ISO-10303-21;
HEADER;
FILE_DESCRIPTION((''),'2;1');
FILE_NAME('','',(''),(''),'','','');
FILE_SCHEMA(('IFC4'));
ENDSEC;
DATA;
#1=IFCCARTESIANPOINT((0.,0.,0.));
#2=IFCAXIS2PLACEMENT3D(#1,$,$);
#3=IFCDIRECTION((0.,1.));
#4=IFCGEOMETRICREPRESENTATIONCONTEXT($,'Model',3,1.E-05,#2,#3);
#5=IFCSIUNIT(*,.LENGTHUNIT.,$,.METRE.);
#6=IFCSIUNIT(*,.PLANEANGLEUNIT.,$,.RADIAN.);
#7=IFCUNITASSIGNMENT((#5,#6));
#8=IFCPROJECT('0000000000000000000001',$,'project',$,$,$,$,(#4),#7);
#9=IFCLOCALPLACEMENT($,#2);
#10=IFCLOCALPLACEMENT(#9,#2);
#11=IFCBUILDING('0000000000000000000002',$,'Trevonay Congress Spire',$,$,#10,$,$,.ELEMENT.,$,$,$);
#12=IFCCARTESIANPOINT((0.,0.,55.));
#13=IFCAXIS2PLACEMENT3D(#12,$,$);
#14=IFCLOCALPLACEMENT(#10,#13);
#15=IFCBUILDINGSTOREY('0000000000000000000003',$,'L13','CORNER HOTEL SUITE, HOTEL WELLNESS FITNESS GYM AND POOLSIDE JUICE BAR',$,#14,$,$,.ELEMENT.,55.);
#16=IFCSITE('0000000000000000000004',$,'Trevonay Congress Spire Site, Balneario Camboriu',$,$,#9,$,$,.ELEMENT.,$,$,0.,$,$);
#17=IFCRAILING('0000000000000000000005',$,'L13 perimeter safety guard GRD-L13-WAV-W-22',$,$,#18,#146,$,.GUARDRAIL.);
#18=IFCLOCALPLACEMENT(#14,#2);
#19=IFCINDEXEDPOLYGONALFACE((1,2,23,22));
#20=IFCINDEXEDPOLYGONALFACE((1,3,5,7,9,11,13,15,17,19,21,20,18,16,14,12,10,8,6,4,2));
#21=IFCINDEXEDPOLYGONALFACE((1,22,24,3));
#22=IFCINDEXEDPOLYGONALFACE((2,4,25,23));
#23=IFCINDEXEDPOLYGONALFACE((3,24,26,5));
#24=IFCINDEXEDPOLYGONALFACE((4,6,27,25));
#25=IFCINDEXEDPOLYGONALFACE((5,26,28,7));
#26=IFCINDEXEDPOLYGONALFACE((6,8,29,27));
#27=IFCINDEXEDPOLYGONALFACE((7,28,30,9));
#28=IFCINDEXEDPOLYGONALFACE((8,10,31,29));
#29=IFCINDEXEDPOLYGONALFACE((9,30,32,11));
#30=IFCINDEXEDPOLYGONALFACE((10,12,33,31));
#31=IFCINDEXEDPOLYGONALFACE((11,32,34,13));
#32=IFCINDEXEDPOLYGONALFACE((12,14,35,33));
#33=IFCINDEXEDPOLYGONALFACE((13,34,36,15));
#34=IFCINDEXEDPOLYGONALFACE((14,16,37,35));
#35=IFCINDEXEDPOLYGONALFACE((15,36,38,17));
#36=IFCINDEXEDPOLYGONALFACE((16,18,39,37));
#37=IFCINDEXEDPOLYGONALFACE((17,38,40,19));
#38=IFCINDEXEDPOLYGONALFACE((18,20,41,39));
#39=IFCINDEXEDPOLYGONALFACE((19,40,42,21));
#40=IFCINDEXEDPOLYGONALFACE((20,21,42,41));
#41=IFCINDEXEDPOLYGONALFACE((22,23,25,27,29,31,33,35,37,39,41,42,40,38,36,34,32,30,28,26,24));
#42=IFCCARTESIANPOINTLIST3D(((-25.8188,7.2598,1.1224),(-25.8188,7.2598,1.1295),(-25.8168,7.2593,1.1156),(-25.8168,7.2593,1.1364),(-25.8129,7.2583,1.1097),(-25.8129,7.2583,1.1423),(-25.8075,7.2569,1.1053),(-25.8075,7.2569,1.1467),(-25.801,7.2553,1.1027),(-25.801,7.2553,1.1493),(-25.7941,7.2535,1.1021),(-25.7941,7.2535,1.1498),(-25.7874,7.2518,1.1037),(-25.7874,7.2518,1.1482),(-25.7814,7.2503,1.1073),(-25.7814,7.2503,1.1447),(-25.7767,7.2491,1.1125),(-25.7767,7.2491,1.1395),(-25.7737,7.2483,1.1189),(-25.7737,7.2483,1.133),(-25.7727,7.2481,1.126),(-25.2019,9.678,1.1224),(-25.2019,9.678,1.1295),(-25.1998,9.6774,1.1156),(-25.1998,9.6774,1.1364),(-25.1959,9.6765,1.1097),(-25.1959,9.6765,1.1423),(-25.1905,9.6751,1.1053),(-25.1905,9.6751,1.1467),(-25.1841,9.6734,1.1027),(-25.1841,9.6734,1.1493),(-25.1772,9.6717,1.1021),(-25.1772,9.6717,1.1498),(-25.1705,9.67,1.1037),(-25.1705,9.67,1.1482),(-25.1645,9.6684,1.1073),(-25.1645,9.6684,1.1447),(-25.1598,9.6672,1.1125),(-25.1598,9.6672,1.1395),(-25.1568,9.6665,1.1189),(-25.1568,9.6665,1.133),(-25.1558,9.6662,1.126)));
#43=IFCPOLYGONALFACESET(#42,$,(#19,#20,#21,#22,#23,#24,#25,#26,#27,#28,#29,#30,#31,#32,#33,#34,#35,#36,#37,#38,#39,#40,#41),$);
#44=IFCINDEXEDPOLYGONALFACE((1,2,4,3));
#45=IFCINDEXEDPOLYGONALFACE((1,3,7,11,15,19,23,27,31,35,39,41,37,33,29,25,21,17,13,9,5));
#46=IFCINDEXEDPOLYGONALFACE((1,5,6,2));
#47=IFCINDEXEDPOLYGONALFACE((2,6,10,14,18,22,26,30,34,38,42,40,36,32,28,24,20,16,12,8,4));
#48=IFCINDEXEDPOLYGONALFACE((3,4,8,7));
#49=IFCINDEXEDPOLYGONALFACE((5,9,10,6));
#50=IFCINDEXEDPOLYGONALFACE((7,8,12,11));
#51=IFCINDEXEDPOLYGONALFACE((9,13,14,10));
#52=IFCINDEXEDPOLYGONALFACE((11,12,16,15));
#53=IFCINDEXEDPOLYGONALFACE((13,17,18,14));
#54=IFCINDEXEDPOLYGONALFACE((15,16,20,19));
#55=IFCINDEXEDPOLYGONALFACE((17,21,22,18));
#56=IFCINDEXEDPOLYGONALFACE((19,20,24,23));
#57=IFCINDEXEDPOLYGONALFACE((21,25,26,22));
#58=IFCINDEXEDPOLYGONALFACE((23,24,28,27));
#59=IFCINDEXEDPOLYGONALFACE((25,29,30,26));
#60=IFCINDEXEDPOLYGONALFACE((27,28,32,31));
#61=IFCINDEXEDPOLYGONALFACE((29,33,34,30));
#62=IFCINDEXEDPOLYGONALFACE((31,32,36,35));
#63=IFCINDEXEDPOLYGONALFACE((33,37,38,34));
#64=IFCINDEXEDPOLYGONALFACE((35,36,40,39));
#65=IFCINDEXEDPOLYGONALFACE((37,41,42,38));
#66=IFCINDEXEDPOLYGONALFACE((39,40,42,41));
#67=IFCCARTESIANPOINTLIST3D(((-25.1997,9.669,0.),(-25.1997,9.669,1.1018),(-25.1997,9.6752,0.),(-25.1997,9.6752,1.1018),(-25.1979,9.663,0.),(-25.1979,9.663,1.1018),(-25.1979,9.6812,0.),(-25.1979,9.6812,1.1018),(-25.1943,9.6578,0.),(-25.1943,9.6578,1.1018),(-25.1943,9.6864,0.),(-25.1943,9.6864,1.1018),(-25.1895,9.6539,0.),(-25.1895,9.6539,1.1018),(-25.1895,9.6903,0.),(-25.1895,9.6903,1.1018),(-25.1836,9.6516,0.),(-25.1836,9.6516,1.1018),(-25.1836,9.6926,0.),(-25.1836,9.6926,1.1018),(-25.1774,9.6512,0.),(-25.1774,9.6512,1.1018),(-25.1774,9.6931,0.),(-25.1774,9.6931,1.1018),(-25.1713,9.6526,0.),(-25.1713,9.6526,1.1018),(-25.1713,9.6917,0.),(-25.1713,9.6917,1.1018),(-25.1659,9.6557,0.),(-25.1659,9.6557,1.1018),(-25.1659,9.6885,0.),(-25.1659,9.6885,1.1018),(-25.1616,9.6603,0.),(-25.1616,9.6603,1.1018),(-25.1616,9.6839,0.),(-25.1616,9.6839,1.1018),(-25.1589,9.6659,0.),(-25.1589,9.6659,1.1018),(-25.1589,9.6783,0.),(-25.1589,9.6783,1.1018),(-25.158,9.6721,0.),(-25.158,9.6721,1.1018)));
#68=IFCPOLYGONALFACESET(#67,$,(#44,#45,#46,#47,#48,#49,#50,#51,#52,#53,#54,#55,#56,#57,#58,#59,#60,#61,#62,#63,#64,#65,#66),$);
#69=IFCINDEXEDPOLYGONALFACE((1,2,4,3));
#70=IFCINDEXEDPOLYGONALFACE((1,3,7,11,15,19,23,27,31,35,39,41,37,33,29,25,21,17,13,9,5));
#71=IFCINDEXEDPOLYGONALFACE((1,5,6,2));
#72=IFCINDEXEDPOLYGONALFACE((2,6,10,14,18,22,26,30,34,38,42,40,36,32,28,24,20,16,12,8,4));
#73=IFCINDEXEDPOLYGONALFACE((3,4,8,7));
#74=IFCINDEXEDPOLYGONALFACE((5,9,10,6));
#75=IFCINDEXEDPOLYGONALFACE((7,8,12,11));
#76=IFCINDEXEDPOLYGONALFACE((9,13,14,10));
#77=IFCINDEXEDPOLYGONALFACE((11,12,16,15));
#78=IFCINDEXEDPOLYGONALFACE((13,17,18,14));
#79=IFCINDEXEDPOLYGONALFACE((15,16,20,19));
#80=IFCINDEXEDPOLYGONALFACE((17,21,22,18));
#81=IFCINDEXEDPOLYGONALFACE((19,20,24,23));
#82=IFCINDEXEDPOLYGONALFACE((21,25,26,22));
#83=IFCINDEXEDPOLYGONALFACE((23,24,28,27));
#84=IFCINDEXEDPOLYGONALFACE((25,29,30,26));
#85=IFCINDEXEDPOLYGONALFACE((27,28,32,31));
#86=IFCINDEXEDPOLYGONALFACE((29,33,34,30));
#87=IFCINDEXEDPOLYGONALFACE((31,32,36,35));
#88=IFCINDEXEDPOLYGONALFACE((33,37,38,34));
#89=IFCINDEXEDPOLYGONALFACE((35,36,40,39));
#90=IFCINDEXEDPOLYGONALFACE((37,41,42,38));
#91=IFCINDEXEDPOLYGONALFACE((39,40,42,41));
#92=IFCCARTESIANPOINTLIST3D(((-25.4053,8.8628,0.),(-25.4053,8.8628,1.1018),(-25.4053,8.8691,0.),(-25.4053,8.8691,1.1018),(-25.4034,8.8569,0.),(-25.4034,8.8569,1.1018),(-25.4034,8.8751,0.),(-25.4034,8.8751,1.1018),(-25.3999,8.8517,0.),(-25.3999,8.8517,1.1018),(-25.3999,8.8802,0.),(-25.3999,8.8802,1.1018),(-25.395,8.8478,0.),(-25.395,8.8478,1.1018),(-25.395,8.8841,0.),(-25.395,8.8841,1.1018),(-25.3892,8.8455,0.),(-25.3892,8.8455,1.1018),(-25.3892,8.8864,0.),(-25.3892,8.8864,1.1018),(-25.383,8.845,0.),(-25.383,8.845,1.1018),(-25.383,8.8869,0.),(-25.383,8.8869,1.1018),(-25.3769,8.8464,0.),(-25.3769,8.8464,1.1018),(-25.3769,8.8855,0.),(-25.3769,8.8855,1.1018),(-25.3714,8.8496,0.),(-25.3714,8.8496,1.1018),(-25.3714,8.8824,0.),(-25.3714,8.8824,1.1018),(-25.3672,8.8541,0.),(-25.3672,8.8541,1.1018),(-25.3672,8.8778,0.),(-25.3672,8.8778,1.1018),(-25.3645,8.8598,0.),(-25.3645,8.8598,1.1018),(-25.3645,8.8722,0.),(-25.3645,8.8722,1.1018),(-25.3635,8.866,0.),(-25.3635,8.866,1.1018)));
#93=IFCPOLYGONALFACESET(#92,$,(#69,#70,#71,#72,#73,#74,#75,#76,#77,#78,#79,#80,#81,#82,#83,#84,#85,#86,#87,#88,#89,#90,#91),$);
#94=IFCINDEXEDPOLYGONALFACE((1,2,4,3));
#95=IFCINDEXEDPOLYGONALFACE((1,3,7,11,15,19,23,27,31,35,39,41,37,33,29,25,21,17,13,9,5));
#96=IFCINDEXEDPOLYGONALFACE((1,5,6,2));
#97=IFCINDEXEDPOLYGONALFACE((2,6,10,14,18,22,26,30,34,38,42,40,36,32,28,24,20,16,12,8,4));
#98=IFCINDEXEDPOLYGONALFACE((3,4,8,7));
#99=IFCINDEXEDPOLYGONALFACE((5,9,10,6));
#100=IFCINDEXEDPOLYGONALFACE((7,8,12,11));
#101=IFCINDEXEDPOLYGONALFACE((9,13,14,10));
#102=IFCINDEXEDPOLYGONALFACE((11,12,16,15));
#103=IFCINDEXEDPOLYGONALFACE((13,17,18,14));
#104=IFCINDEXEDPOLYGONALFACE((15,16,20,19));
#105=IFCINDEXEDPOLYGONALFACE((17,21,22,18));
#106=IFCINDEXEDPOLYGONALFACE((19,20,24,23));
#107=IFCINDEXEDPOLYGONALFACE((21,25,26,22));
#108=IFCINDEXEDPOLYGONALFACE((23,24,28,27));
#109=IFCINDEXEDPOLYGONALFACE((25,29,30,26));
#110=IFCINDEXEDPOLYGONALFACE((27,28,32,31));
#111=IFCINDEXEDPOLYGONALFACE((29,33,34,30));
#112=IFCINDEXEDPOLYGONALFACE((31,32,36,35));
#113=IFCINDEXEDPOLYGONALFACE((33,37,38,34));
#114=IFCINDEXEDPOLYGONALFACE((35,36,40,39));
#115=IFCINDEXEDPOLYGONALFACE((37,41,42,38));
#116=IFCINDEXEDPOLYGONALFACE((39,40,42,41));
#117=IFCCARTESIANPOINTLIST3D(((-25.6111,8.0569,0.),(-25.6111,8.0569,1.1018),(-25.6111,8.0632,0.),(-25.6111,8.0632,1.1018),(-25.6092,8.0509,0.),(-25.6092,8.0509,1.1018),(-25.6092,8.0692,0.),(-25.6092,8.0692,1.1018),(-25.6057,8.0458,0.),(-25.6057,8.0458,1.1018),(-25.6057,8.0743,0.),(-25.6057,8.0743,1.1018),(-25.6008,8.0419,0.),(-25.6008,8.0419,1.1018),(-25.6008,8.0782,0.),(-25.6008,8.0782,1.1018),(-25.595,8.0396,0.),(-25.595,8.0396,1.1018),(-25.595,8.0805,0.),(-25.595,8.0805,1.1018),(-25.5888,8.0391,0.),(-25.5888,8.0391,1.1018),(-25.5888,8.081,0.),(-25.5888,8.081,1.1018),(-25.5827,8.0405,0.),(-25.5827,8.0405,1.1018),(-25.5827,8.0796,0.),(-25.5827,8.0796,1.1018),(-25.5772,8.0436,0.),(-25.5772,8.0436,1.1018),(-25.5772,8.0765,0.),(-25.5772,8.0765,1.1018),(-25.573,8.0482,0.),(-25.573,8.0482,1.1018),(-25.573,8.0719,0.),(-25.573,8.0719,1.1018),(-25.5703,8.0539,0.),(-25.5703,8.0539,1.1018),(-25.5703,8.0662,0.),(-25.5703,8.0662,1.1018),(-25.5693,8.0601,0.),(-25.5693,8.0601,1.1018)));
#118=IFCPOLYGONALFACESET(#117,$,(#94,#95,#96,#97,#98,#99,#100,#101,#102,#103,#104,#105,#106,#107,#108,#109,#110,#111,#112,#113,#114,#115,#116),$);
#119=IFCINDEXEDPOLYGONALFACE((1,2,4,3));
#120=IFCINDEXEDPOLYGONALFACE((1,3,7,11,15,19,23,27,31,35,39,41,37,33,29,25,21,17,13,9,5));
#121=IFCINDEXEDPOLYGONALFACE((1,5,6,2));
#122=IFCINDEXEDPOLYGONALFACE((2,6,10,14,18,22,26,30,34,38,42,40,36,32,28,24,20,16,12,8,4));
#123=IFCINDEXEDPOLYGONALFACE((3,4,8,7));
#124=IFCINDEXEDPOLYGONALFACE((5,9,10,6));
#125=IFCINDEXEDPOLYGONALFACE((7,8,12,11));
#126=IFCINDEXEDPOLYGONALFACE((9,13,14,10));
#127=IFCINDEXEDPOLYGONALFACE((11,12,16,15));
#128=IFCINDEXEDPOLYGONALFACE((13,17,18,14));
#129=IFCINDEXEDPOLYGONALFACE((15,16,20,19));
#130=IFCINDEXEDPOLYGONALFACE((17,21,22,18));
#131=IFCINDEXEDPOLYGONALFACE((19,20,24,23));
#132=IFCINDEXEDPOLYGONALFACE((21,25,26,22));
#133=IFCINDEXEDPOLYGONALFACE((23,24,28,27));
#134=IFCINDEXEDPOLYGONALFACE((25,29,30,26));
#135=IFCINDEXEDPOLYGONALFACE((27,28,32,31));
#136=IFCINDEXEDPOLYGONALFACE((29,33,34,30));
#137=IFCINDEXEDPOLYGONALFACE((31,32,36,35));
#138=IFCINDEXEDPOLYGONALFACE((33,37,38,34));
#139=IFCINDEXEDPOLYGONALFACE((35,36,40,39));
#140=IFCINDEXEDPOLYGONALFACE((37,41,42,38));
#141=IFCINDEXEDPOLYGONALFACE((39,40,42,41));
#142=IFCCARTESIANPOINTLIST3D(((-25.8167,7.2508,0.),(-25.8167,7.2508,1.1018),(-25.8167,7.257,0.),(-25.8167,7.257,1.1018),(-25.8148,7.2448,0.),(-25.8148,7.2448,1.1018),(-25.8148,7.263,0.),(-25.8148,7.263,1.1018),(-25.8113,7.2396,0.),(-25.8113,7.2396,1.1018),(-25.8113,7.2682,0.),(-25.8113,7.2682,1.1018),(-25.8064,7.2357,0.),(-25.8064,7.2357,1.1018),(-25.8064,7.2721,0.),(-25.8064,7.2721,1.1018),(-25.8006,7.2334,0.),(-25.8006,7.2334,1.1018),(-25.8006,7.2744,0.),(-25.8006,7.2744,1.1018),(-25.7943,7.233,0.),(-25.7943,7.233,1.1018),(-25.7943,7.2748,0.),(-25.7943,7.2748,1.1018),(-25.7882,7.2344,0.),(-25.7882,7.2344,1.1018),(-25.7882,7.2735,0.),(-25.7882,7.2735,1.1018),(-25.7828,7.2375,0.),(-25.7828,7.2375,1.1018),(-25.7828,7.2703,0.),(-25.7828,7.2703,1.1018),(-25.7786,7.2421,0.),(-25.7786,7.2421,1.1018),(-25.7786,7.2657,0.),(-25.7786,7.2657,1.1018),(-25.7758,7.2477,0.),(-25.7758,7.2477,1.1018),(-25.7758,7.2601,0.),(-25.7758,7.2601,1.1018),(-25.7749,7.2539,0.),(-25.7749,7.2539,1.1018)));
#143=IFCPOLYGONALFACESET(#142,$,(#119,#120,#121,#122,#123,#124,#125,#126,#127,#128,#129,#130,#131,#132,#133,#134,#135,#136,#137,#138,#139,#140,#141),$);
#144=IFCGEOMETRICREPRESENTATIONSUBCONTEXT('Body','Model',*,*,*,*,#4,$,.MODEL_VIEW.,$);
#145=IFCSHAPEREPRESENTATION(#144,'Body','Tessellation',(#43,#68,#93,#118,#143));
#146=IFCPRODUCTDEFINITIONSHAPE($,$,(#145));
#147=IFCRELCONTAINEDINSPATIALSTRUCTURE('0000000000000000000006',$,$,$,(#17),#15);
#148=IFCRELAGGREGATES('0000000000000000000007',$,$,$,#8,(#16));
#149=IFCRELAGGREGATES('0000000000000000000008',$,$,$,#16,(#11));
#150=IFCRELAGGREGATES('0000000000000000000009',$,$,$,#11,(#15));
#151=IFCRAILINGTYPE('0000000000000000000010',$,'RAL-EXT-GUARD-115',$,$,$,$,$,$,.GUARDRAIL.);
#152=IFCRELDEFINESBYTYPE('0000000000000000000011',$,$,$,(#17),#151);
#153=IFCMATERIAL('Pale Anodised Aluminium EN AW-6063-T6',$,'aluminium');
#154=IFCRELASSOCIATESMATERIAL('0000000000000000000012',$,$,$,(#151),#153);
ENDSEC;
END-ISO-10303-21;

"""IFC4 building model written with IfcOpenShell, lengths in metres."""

from ifc_helpers import new_model, si_unit, direction, frame, origin, origin_2d, place, context, subcontext, project, spatial, circle, extrude, material, type_object, element, save


model = new_model("IFC4")

# Units and contexts
model_context = context("Model", 3, precision=1e-05, world=origin(), true_north=direction((0.0, 1.0)))
body_context = subcontext(model_context, "Body", "Model", "MODEL_VIEW")
ifc_project = project(units=[si_unit("LENGTHUNIT", "METRE"), si_unit("PLANEANGLEUNIT", "RADIAN")], contexts=[model_context])

# Site, building, storey
site_placement = place(None, origin())
site = spatial("IfcSite", under=ifc_project, at=site_placement, Name="Trevonay Congress Spire Site, Balneario Camboriu", CompositionType="ELEMENT", RefElevation=0.0)
building_placement = place(site_placement, origin())
building = spatial("IfcBuilding", under=site, at=building_placement, Name="Trevonay Congress Spire", CompositionType="ELEMENT")
storey_placement = place(building_placement, frame((0.0, 0.0, 55.0)))
storey = spatial("IfcBuildingStorey", under=building, at=storey_placement, Name="L13", Description="CORNER HOTEL SUITE, HOTEL WELLNESS FITNESS GYM AND POOLSIDE JUICE BAR", CompositionType="ELEMENT", Elevation=55.0)

# Shared definitions
ifc_material_1 = material(Name="Pale Anodised Aluminium EN AW-6063-T6", Category="aluminium")

# Railing
railing_type = type_object("IfcRailingType", Name="RAL-EXT-GUARD-115", PredefinedType="GUARDRAIL", material=ifc_material_1)
railing_1_placement = place(storey_placement, frame((-25.179, 9.6721, 0.0)))
element("IfcRailing", 1, at=railing_1_placement, inside=storey, type_object=railing_type, Name="L13 perimeter safety guard GRD-L13-WAV-W-22", PredefinedType="GUARDRAIL", context=body_context, shape_type="SweptSolid", body=[
    extrude(circle(Radius=0.0239, at=origin_2d()), frame((0.0, 0.0, 1.126), z_axis=(-0.247205, -0.968963, 0.0), x_axis=(0.968963, -0.247205, 0.0)), (0.0, 0.0, 1.0), 2.4956),
    extrude(circle(Radius=0.021, at=origin_2d()), origin(), (0.0, 0.0, 1.0), 1.1018),
    extrude(circle(Radius=0.021, at=origin_2d()), frame((-0.2056, -0.8062, 0.0)), (0.0, 0.0, 1.0), 1.1018),
    extrude(circle(Radius=0.021, at=origin_2d()), frame((-0.4114, -1.6121, 0.0)), (0.0, 0.0, 1.0), 1.1018),
    extrude(circle(Radius=0.021, at=origin_2d()), frame((-0.6169, -2.4182, 0.0)), (0.0, 0.0, 1.0), 1.1018),
])

save(model, "model.ifc")
